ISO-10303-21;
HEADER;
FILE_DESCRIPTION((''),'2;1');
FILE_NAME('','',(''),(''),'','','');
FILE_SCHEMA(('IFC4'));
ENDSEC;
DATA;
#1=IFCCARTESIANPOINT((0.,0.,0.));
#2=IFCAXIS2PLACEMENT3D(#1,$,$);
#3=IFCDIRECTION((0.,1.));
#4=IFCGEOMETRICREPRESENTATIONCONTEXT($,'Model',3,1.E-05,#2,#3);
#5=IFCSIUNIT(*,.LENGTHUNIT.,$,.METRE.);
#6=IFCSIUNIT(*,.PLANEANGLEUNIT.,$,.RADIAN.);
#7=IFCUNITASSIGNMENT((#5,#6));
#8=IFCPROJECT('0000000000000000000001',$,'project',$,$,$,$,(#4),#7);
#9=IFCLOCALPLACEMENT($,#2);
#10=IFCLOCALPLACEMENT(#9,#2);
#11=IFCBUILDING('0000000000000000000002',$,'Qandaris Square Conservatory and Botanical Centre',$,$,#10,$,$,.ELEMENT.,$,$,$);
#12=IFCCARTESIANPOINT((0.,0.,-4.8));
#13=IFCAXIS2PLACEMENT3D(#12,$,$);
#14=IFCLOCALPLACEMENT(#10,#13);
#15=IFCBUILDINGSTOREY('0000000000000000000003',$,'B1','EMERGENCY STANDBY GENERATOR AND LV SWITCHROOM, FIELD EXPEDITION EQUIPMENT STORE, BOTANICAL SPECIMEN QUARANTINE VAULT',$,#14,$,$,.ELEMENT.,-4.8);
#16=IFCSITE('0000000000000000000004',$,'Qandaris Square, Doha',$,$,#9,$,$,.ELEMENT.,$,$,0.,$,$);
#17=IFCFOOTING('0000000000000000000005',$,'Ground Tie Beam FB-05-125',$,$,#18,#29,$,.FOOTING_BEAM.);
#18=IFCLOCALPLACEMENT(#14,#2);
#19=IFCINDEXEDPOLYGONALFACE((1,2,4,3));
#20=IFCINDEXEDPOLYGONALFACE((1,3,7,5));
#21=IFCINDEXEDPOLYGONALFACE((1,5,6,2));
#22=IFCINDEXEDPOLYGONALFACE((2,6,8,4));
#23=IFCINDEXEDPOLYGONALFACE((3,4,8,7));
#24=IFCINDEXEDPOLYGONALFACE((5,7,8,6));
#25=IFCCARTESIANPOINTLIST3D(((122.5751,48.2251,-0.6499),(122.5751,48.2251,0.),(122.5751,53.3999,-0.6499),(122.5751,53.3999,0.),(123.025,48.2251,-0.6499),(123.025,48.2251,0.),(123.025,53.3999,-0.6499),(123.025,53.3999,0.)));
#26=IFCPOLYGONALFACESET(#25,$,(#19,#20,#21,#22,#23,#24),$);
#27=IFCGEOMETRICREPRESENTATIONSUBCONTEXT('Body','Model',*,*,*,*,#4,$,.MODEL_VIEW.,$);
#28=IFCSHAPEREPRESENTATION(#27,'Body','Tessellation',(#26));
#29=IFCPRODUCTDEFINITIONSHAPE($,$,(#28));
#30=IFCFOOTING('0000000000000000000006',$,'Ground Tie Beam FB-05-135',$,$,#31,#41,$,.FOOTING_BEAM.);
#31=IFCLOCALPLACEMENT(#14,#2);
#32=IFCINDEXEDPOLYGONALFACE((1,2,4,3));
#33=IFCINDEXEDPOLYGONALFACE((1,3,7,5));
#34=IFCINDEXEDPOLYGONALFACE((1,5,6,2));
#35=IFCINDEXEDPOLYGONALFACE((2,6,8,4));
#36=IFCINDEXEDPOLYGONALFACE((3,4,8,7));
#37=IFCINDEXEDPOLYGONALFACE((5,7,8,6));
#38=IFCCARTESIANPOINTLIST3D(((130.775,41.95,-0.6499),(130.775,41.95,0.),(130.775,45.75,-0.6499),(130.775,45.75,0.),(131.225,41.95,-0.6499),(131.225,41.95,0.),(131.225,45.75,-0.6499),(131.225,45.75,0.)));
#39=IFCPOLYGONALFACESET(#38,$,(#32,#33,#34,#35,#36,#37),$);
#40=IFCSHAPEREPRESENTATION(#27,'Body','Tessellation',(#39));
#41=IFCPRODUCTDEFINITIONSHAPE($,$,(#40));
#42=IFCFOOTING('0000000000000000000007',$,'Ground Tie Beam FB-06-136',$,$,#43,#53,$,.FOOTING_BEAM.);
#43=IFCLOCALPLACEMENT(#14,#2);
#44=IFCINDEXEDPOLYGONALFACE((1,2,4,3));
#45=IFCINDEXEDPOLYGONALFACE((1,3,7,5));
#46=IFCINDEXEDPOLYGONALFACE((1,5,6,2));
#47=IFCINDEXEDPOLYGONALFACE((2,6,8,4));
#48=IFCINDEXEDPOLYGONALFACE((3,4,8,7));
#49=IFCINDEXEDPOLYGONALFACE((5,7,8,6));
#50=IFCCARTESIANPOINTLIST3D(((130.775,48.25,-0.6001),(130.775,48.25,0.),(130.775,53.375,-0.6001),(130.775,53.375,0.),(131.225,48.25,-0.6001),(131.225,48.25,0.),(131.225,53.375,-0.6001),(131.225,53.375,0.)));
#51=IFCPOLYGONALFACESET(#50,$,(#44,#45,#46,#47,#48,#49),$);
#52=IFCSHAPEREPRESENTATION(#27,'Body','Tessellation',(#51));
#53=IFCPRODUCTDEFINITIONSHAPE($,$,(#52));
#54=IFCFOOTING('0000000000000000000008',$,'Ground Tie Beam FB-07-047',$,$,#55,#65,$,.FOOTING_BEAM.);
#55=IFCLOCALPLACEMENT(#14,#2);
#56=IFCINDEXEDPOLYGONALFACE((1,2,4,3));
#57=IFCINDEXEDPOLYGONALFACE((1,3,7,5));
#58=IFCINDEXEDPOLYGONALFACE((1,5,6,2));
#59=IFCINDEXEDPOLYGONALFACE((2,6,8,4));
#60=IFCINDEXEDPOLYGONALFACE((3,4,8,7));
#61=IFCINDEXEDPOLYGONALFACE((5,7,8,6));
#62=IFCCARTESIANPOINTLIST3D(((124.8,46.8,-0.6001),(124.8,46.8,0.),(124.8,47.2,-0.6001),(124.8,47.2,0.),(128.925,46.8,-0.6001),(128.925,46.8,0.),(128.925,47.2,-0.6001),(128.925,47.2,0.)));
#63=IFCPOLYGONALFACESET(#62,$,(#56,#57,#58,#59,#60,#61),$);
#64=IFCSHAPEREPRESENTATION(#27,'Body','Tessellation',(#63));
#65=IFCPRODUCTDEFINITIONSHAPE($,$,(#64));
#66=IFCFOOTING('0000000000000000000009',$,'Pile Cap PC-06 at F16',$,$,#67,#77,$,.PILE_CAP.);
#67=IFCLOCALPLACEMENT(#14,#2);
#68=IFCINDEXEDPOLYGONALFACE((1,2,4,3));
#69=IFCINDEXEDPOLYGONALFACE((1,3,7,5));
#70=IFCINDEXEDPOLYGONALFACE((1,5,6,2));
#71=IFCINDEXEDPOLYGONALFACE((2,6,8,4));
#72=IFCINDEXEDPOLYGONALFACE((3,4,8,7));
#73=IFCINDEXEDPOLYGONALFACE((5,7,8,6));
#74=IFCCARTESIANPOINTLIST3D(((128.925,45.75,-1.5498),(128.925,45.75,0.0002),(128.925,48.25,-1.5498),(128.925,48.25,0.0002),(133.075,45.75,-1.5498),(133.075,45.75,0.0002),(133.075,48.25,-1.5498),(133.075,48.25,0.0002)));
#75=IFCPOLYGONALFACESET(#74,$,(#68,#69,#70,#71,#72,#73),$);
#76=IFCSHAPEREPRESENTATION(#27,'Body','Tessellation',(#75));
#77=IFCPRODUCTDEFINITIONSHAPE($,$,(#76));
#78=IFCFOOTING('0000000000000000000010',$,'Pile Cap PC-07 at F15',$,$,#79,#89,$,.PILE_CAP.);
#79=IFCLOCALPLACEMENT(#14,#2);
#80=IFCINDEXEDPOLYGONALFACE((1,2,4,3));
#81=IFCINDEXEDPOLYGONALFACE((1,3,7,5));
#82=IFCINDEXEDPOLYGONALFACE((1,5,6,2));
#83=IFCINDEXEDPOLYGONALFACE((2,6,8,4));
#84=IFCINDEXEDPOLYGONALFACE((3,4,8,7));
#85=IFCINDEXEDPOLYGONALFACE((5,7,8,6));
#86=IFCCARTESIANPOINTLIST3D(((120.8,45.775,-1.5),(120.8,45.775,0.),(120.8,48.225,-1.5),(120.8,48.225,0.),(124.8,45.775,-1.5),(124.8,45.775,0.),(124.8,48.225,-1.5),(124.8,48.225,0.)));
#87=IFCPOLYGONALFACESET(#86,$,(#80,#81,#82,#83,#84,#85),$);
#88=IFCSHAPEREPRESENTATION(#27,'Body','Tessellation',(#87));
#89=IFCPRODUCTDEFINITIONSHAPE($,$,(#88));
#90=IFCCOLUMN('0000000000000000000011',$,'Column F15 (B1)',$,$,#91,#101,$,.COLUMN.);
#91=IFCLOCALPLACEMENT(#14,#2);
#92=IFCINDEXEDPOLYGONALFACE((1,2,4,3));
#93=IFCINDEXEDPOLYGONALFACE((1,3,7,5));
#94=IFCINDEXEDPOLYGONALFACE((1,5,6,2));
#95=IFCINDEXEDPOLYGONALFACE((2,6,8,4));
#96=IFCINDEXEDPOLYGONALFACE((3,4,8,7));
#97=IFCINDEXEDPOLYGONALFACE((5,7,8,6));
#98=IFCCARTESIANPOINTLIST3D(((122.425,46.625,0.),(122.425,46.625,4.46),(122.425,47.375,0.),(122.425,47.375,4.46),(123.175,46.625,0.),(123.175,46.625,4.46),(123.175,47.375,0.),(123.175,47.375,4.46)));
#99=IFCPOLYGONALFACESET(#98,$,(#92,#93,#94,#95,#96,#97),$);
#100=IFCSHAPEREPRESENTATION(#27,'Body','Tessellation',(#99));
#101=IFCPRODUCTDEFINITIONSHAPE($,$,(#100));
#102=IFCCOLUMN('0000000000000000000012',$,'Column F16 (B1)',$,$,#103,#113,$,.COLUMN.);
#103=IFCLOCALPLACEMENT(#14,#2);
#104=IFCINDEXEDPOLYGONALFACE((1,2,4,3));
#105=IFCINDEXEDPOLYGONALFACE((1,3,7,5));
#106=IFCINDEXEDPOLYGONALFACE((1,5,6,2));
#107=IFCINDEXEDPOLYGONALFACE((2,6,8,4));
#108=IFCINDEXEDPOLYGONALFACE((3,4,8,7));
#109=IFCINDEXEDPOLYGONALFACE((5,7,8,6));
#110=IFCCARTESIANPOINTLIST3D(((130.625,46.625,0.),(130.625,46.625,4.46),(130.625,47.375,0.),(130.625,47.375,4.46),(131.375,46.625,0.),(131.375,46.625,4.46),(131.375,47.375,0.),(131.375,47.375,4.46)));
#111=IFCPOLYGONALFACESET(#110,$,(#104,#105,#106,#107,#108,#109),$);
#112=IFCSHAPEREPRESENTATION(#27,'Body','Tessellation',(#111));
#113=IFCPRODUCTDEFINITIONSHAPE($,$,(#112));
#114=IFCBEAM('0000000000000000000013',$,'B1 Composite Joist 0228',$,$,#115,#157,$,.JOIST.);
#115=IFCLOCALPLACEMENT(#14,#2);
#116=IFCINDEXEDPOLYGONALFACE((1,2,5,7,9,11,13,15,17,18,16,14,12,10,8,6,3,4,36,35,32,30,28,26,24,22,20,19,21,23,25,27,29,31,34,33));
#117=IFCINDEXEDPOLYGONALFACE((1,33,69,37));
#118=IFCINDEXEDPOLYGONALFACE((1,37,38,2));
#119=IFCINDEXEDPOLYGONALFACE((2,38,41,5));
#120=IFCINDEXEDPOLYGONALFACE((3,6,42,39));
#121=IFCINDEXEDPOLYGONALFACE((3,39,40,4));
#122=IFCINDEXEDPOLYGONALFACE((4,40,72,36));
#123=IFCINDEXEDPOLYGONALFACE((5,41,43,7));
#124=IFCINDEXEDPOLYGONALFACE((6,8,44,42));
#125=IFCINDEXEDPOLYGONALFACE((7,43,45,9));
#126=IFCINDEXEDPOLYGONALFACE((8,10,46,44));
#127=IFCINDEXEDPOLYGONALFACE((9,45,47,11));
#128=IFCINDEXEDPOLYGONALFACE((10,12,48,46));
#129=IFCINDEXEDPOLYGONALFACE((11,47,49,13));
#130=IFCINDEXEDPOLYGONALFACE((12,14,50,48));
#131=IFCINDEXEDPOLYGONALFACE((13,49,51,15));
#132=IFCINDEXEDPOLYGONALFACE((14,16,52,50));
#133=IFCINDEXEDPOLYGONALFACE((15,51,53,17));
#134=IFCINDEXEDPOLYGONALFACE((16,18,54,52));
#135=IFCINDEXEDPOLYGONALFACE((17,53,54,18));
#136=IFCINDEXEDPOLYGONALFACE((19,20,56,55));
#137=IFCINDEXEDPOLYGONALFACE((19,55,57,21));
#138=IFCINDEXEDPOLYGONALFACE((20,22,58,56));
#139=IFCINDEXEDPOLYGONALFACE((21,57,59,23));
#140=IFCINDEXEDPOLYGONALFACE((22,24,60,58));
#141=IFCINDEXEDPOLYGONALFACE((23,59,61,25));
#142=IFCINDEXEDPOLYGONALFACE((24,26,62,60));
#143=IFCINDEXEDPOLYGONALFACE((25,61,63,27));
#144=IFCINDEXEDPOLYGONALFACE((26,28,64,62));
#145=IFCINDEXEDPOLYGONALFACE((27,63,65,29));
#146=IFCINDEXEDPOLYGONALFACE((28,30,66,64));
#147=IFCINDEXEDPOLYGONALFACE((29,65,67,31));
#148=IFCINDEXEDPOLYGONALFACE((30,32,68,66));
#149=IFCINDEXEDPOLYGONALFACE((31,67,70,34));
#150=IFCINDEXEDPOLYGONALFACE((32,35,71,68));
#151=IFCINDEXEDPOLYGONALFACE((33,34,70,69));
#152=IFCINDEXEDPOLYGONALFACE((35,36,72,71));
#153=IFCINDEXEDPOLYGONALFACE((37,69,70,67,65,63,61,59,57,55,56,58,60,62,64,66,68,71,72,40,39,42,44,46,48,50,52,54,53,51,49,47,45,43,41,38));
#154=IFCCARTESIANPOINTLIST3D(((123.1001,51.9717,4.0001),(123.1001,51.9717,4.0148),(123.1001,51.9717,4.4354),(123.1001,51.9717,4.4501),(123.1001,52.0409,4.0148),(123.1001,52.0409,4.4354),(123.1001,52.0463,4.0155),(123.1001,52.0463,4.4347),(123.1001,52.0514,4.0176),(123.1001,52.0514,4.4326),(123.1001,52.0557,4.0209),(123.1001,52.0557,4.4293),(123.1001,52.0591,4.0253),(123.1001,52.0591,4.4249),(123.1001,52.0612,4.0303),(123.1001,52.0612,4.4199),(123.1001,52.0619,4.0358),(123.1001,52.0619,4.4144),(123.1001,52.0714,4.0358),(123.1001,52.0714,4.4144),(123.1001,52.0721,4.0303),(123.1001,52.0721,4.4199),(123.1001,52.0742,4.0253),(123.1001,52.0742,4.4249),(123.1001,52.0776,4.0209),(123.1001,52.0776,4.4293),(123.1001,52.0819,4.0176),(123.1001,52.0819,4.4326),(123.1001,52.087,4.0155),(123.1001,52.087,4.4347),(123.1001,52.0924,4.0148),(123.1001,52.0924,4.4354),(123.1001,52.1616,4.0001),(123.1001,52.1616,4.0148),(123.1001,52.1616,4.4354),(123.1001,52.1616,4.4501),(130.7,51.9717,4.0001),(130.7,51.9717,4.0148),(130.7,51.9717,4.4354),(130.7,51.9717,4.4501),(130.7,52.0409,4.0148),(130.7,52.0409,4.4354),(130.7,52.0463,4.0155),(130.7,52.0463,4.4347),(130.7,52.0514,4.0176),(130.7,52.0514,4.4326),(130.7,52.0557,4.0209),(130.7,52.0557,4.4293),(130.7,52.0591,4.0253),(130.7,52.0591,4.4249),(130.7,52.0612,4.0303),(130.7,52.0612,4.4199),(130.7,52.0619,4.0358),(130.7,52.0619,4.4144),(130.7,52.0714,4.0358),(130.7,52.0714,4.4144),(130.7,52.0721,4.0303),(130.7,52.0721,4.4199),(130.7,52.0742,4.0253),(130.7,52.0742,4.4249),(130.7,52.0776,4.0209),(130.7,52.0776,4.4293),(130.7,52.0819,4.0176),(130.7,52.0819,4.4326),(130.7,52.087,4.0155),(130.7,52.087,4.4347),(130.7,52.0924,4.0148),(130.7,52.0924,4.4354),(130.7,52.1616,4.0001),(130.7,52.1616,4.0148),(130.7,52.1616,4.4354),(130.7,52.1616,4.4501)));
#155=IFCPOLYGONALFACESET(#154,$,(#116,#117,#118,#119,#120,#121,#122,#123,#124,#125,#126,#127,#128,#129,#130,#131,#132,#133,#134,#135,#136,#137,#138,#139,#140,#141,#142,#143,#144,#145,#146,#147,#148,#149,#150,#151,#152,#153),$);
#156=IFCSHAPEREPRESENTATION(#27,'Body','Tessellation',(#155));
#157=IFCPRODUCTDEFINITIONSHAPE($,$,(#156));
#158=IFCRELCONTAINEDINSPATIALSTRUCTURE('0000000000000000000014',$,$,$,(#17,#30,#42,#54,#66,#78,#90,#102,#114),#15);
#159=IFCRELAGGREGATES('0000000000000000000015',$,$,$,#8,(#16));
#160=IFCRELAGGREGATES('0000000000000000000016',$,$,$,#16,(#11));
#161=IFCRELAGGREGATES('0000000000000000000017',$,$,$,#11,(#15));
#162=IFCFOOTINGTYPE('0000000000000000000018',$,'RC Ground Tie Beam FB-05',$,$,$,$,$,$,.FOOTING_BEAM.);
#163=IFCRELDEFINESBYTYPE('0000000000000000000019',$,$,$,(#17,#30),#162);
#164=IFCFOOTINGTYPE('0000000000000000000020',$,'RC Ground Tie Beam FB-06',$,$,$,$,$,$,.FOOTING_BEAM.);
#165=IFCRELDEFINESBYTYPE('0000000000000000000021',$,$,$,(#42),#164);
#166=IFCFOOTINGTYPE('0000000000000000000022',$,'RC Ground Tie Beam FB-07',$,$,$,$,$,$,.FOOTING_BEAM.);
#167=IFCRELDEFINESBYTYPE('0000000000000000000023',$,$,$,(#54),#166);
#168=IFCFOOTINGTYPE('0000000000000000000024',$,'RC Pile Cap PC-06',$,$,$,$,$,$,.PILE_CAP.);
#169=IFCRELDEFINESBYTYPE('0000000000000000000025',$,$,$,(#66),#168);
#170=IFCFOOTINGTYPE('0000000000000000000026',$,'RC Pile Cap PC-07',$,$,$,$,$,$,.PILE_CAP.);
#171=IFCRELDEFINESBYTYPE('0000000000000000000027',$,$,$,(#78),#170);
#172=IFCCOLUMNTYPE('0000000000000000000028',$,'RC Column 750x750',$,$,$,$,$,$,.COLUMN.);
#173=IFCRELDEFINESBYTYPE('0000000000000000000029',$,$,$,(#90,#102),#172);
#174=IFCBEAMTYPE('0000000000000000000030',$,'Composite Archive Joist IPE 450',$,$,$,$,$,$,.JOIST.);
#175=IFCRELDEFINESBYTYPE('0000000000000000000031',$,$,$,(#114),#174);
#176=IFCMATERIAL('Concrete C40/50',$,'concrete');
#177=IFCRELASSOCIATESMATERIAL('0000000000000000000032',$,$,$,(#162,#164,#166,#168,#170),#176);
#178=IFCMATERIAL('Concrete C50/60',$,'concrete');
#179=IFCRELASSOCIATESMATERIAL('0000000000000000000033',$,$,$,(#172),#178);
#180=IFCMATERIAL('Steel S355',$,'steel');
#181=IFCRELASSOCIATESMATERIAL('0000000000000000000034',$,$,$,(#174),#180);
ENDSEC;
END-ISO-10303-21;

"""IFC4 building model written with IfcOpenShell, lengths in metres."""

from ifc_helpers import new_model, si_unit, direction, frame, origin, origin_2d, place, context, subcontext, project, spatial, rectangle, i_section, extrude, material, material_profile, profile_set, type_object, element, save


model = new_model("IFC4")

# Units and contexts
model_context = context("Model", 3, precision=1e-05, world=origin(), true_north=direction((0.0, 1.0)))
body_context = subcontext(model_context, "Body", "Model", "MODEL_VIEW")
ifc_project = project(units=[si_unit("LENGTHUNIT", "METRE"), si_unit("PLANEANGLEUNIT", "RADIAN")], contexts=[model_context])

# Site, building, storey
site_placement = place(None, origin())
site = spatial("IfcSite", under=ifc_project, at=site_placement, Name="Qandaris Square, Doha", CompositionType="ELEMENT", RefElevation=0.0)
building_placement = place(site_placement, origin())
building = spatial("IfcBuilding", under=site, at=building_placement, Name="Qandaris Square Conservatory and Botanical Centre", CompositionType="ELEMENT")
storey_placement = place(building_placement, frame((0.0, 0.0, -4.8)))
storey = spatial("IfcBuildingStorey", under=building, at=storey_placement, Name="B1", Description="EMERGENCY STANDBY GENERATOR AND LV SWITCHROOM, FIELD EXPEDITION EQUIPMENT STORE, BOTANICAL SPECIMEN QUARANTINE VAULT", CompositionType="ELEMENT", Elevation=-4.8)

# Shared definitions
ifc_material_1 = material(Name="Concrete C50/60", Category="concrete")

# Footings
ifc_material_2 = material(Name="Concrete C40/50", Category="concrete")
ifc_material_profile_1 = material_profile(ifc_material_2, rectangle(XDim=0.45, YDim=0.6499, at=origin_2d()), Name="FB 450x650")
ifc_profile_set_1 = profile_set([ifc_material_profile_1], Name="Concrete C40/50")
footing_type_1 = type_object("IfcFootingType", Name="RC Ground Tie Beam FB-05", PredefinedType="FOOTING_BEAM", material=ifc_profile_set_1)
footing_1_placement = place(storey_placement, frame((122.8, 48.2251, -0.325), z_axis=(0.0, 1.0, 0.0), x_axis=(-1.0, 0.0, 0.0)))
element("IfcFooting", 1, at=footing_1_placement, inside=storey, type_object=footing_type_1, Name="Ground Tie Beam FB-05-125", PredefinedType="FOOTING_BEAM", context=body_context, shape_type="SweptSolid", body=[
    extrude(rectangle(XDim=0.45, YDim=0.6499, at=origin_2d()), origin(), (0.0, 0.0, 1.0), 5.1748),
])
footing_2_placement = place(storey_placement, frame((131.0, 41.95, -0.325), z_axis=(0.0, 1.0, 0.0), x_axis=(-1.0, 0.0, 0.0)))
element("IfcFooting", 2, at=footing_2_placement, inside=storey, type_object=footing_type_1, Name="Ground Tie Beam FB-05-135", PredefinedType="FOOTING_BEAM", context=body_context, shape_type="SweptSolid", body=[
    extrude(rectangle(XDim=0.45, YDim=0.6499, at=origin_2d()), origin(), (0.0, 0.0, 1.0), 3.8),
])
ifc_material_profile_2 = material_profile(ifc_material_2, rectangle(XDim=0.45, YDim=0.6001, at=origin_2d()), Name="FB 450x600")
ifc_profile_set_2 = profile_set([ifc_material_profile_2], Name="Concrete C40/50")
footing_type_2 = type_object("IfcFootingType", Name="RC Ground Tie Beam FB-06", PredefinedType="FOOTING_BEAM", material=ifc_profile_set_2)
footing_3_placement = place(storey_placement, frame((131.0, 48.25, -0.3), z_axis=(0.0, 1.0, 0.0), x_axis=(-1.0, 0.0, 0.0)))
element("IfcFooting", 3, at=footing_3_placement, inside=storey, type_object=footing_type_2, Name="Ground Tie Beam FB-06-136", PredefinedType="FOOTING_BEAM", context=body_context, shape_type="SweptSolid", body=[
    extrude(rectangle(XDim=0.45, YDim=0.6001, at=origin_2d()), origin(), (0.0, 0.0, 1.0), 5.125),
])
ifc_material_profile_3 = material_profile(ifc_material_2, rectangle(XDim=0.3999, YDim=0.6001, at=origin_2d()), Name="FB 400x600")
ifc_profile_set_3 = profile_set([ifc_material_profile_3], Name="Concrete C40/50")
footing_type_3 = type_object("IfcFootingType", Name="RC Ground Tie Beam FB-07", PredefinedType="FOOTING_BEAM", material=ifc_profile_set_3)
footing_4_placement = place(storey_placement, frame((124.8, 47.0, -0.3), z_axis=(1.0, 0.0, 0.0), x_axis=(0.0, 1.0, 0.0)))
element("IfcFooting", 4, at=footing_4_placement, inside=storey, type_object=footing_type_3, Name="Ground Tie Beam FB-07-047", PredefinedType="FOOTING_BEAM", context=body_context, shape_type="SweptSolid", body=[
    extrude(rectangle(XDim=0.3999, YDim=0.6001, at=origin_2d()), origin(), (0.0, 0.0, 1.0), 4.125),
])
footing_type_4 = type_object("IfcFootingType", Name="RC Pile Cap PC-06", PredefinedType="PILE_CAP", material=ifc_material_2)
footing_5_placement = place(storey_placement, frame((131.0, 47.0, -1.5498), z_axis=(0.0, 0.0, 1.0), x_axis=(1.0, 0.0, 0.0)))
element("IfcFooting", 5, at=footing_5_placement, inside=storey, type_object=footing_type_4, Name="Pile Cap PC-06 at F16", PredefinedType="PILE_CAP", context=body_context, shape_type="SweptSolid", body=[
    extrude(rectangle(XDim=4.1499, YDim=2.5, at=origin_2d()), origin(), (0.0, 0.0, 1.0), 1.55),
])
footing_type_5 = type_object("IfcFootingType", Name="RC Pile Cap PC-07", PredefinedType="PILE_CAP", material=ifc_material_2)
footing_6_placement = place(storey_placement, frame((122.8, 47.0, -1.5), z_axis=(0.0, 0.0, 1.0), x_axis=(1.0, 0.0, 0.0)))
element("IfcFooting", 6, at=footing_6_placement, inside=storey, type_object=footing_type_5, Name="Pile Cap PC-07 at F15", PredefinedType="PILE_CAP", context=body_context, shape_type="SweptSolid", body=[
    extrude(rectangle(XDim=4.0, YDim=2.45, at=origin_2d()), origin(), (0.0, 0.0, 1.0), 1.5),
])

# Columns
ifc_material_profile_4 = material_profile(ifc_material_1, rectangle(XDim=0.75, YDim=0.75, at=origin_2d()), Name="RC-COL 750x750")
ifc_profile_set_4 = profile_set([ifc_material_profile_4], Name="Concrete C50/60")
column_type = type_object("IfcColumnType", Name="RC Column 750x750", PredefinedType="COLUMN", material=ifc_profile_set_4)
for number, where, z_axis, x_axis, name in (
    (7, (122.8, 47.0, 0.0), (0.0, 0.0, 1.0), (1.0, 0.0, 0.0), "Column F15 (B1)"),
    (8, (131.0, 47.0, 0.0), (0.0, 0.0, 1.0), (1.0, 0.0, 0.0), "Column F16 (B1)"),
):
    element("IfcColumn", number, at=place(storey_placement, frame(where, z_axis=z_axis, x_axis=x_axis)), inside=storey, type_object=column_type, Name=name, PredefinedType="COLUMN", context=body_context, shape_type="SweptSolid", body=[
        extrude(rectangle(XDim=0.75, YDim=0.75, at=origin_2d()), origin(), (0.0, 0.0, 1.0), 4.46),
    ])

# Beam
ifc_material_3 = material(Name="Steel S355", Category="steel")
ifc_material_profile_5 = material_profile(ifc_material_3, i_section(OverallWidth=0.1899, OverallDepth=0.45, WebThickness=0.0095, FlangeThickness=0.0146, FilletRadius=0.021, at=origin_2d()), Name="IPE 450")
ifc_profile_set_5 = profile_set([ifc_material_profile_5], Name="Steel S355")
beam_type_1 = type_object("IfcBeamType", Name="Composite Archive Joist IPE 450", PredefinedType="JOIST", material=ifc_profile_set_5)
beam_1_placement = place(storey_placement, frame((123.1001, 52.0667, 4.2251), z_axis=(1.0, 0.0, 0.0), x_axis=(0.0, 1.0, 0.0)))
element("IfcBeam", 9, at=beam_1_placement, inside=storey, type_object=beam_type_1, Name="B1 Composite Joist 0228", PredefinedType="JOIST", context=body_context, shape_type="SweptSolid", body=[
    extrude(i_section(OverallWidth=0.1899, OverallDepth=0.45, WebThickness=0.0095, FlangeThickness=0.0146, FilletRadius=0.021, at=origin_2d()), origin(), (0.0, 0.0, 1.0), 7.5999),
])

save(model, "model.ifc")
